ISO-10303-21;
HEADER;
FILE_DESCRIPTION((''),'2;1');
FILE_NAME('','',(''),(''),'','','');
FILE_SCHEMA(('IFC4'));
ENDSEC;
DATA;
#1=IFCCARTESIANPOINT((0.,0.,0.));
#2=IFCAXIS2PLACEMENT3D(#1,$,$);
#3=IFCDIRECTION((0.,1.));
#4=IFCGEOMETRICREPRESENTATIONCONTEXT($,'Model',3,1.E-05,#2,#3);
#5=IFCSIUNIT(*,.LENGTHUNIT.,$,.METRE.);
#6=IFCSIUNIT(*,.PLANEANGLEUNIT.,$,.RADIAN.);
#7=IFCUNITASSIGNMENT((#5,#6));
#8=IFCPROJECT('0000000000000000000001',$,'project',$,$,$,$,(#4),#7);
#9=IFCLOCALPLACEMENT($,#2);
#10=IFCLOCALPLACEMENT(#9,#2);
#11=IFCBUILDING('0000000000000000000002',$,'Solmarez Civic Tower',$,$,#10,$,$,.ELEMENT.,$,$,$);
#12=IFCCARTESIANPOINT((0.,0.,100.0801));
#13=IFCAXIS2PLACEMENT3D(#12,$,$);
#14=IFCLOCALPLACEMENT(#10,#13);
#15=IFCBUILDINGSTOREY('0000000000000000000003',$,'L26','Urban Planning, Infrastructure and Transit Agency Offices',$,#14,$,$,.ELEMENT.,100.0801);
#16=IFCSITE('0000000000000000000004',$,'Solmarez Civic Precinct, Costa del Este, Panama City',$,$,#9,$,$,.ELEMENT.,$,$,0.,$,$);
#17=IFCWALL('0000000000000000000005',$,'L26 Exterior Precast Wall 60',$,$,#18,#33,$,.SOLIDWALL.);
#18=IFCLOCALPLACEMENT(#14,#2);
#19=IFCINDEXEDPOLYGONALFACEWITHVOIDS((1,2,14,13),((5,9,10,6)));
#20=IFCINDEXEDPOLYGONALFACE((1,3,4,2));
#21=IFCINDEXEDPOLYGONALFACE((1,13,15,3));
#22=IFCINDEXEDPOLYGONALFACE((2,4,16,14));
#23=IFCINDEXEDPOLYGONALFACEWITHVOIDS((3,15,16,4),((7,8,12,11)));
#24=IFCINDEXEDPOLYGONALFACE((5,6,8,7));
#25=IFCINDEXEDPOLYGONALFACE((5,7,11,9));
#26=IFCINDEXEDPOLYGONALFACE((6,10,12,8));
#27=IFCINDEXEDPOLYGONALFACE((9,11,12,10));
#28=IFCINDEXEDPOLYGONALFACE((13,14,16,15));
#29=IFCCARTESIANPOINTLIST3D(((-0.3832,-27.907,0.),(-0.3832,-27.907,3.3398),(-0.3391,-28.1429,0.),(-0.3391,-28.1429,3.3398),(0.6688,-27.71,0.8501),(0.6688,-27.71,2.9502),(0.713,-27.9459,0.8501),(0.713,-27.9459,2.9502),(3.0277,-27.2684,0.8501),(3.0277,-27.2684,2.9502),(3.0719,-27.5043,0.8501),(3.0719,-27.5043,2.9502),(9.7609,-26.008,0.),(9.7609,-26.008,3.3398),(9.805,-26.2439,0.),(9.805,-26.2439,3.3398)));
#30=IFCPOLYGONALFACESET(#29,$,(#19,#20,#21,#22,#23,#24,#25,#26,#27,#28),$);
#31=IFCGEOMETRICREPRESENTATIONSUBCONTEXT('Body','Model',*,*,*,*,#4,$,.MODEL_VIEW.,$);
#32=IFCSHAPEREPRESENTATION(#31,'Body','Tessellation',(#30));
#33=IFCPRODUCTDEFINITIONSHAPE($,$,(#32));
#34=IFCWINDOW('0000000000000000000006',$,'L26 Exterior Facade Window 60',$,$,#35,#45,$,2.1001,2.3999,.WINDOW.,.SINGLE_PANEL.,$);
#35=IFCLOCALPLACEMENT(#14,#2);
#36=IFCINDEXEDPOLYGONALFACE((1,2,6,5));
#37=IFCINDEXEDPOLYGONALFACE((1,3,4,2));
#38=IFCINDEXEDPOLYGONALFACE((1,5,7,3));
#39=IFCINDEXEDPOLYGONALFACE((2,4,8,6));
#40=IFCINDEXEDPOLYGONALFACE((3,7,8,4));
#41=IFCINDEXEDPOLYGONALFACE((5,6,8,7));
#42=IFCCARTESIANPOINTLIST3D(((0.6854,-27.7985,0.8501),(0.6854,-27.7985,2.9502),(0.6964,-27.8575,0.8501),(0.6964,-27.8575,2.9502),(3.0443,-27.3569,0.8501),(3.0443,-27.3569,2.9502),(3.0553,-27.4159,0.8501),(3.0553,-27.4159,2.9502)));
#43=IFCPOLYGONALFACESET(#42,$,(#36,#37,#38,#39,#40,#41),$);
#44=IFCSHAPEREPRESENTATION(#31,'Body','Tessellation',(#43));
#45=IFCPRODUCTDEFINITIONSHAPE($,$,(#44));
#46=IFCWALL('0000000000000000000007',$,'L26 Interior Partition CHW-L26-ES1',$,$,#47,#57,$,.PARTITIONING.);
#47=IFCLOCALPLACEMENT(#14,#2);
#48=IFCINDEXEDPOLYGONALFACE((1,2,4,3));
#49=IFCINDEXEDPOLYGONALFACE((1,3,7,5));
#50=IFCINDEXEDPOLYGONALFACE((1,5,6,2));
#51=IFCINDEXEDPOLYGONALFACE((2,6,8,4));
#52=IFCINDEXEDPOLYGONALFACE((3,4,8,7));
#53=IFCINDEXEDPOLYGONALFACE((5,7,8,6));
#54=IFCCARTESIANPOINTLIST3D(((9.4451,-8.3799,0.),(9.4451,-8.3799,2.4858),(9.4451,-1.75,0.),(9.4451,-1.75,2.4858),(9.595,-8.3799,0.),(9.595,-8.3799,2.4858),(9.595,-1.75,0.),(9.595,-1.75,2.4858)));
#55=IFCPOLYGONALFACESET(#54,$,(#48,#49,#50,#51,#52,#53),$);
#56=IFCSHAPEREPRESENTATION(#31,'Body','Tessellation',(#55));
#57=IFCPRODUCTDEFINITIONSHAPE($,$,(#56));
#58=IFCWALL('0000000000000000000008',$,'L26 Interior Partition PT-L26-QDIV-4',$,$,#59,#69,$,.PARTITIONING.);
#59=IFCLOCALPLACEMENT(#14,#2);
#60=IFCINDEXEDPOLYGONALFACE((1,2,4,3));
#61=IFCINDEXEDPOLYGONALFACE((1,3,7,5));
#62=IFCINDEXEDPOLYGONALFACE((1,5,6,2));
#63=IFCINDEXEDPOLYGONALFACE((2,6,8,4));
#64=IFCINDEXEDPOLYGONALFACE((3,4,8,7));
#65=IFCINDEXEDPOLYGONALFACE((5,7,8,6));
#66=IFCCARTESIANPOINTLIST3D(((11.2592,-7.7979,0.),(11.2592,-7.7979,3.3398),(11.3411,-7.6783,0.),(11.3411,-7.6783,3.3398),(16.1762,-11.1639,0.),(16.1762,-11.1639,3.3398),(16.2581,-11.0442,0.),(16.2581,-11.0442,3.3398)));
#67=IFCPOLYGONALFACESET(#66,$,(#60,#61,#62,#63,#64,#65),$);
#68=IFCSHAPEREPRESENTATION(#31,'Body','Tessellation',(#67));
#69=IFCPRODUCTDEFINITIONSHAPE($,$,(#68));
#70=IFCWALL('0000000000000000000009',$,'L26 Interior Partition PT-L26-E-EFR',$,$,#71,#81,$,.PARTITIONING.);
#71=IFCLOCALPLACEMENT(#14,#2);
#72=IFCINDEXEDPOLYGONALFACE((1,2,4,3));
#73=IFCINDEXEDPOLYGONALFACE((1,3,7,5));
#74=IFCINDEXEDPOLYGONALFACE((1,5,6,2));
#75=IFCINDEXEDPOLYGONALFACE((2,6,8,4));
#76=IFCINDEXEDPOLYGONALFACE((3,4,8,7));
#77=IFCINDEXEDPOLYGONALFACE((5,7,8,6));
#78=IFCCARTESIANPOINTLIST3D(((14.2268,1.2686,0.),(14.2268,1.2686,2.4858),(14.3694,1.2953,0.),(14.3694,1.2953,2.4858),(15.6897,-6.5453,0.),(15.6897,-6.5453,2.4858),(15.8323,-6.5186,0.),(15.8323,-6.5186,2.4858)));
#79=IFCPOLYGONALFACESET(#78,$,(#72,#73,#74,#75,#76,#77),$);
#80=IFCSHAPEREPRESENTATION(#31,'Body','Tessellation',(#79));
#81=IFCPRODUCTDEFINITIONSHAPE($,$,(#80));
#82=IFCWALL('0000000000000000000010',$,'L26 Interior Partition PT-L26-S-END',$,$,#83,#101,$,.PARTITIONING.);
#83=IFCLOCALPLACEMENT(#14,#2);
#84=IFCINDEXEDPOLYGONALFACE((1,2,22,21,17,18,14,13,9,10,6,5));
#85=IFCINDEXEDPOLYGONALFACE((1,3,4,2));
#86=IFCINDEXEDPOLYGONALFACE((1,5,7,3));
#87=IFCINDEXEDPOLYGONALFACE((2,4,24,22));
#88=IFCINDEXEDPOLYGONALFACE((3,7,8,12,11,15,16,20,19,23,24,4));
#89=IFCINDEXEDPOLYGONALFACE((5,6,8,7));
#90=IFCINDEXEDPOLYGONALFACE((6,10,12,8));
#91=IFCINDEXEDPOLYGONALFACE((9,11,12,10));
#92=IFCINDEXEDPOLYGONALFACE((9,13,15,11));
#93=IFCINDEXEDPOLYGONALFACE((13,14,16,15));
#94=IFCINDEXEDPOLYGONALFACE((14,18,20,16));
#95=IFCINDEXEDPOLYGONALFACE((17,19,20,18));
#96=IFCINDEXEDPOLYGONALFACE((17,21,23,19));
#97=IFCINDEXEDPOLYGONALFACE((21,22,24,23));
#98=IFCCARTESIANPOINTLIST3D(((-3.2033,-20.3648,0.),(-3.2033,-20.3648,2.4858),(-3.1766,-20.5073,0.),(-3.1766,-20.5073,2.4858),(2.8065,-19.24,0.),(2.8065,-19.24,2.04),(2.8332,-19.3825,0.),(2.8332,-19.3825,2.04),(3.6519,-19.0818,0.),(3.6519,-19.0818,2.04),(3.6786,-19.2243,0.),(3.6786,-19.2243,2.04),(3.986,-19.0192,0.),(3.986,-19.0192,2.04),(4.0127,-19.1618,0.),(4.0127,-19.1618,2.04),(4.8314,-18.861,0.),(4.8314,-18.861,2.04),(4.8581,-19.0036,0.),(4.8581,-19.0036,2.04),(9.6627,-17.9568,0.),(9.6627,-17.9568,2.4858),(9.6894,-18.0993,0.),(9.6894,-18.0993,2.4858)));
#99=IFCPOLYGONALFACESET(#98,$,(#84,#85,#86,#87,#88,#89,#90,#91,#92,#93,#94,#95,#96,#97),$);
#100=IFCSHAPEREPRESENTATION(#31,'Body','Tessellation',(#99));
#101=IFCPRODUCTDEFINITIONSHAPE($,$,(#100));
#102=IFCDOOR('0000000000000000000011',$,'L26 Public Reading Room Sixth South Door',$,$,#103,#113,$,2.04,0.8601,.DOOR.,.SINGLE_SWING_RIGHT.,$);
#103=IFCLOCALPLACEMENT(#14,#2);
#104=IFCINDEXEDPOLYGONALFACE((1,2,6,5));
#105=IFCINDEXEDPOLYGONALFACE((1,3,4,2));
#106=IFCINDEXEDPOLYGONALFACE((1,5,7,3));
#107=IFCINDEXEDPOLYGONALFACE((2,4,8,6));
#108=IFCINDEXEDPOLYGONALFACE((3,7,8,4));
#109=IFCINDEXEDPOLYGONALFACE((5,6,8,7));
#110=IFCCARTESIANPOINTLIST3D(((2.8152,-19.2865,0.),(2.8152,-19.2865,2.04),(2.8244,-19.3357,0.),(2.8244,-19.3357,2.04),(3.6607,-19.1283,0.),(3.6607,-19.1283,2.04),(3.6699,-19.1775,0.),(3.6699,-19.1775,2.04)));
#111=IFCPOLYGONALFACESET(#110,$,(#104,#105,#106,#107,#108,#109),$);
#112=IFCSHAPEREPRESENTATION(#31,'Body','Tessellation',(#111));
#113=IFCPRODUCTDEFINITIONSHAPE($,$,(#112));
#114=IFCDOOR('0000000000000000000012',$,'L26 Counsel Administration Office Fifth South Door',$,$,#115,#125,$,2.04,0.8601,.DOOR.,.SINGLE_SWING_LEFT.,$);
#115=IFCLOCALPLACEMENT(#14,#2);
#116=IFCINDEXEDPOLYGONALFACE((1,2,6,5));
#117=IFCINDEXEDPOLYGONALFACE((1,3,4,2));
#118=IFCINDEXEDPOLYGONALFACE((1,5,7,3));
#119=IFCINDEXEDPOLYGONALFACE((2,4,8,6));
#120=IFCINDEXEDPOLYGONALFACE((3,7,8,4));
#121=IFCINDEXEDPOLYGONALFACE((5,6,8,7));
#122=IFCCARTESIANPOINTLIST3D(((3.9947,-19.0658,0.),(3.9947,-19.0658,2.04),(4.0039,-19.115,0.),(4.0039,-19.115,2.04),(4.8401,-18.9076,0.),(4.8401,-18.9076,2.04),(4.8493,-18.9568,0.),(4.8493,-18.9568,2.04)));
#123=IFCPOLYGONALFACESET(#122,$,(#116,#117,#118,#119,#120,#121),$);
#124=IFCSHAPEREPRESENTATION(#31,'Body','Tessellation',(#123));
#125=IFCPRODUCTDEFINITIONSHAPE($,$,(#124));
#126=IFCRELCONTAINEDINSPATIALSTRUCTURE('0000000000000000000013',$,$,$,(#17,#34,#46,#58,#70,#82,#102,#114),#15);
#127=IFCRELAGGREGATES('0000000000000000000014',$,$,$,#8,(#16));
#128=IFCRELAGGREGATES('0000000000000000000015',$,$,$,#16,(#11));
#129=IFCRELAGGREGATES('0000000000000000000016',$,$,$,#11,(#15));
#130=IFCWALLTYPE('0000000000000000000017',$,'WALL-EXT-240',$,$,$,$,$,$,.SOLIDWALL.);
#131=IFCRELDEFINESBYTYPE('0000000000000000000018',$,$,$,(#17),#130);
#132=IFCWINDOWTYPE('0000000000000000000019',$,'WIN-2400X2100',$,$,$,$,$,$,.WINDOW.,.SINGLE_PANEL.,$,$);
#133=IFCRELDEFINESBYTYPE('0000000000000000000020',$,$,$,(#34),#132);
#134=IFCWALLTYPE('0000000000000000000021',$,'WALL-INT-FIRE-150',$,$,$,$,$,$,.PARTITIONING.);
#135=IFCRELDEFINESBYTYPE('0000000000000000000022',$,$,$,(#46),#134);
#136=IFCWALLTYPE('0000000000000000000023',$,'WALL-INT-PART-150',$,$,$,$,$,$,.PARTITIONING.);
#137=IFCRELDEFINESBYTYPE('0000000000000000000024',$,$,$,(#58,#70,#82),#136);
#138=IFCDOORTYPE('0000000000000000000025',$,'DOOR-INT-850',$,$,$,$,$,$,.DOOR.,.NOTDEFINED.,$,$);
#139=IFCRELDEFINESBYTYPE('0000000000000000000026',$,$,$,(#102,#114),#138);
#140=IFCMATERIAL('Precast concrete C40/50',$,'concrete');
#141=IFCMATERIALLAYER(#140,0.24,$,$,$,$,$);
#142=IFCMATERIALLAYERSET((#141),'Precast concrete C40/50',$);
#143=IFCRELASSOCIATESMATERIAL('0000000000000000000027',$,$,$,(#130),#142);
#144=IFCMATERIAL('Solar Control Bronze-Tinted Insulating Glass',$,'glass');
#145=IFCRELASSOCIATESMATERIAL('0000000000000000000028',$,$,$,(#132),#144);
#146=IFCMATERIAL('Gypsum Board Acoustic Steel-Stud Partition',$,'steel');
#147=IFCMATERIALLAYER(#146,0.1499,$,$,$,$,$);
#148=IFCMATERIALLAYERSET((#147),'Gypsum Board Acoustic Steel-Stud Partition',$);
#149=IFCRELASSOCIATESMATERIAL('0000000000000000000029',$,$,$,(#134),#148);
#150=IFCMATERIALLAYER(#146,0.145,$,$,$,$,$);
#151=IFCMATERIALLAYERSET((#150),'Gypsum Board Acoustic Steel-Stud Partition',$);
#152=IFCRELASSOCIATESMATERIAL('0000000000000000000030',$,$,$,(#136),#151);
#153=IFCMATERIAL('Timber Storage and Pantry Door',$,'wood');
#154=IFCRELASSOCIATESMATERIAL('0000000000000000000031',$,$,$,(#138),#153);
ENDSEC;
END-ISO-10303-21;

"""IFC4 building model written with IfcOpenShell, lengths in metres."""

from ifc_helpers import new_model, si_unit, direction, frame, frame_2d, origin, place, context, subcontext, project, spatial, rectangle, extrude, material, layer, layer_set, type_object, element, fill, save


model = new_model("IFC4")

# Units and contexts
model_context = context("Model", 3, precision=1e-05, world=origin(), true_north=direction((0.0, 1.0)))
body_context = subcontext(model_context, "Body", "Model", "MODEL_VIEW")
ifc_project = project(units=[si_unit("LENGTHUNIT", "METRE"), si_unit("PLANEANGLEUNIT", "RADIAN")], contexts=[model_context])

# Site, building, storey
site_placement = place(None, origin())
site = spatial("IfcSite", under=ifc_project, at=site_placement, Name="Solmarez Civic Precinct, Costa del Este, Panama City", CompositionType="ELEMENT", RefElevation=0.0)
building_placement = place(site_placement, origin())
building = spatial("IfcBuilding", under=site, at=building_placement, Name="Solmarez Civic Tower", CompositionType="ELEMENT")
storey_placement = place(building_placement, frame((0.0, 0.0, 100.0801)))
storey = spatial("IfcBuildingStorey", under=building, at=storey_placement, Name="L26", Description="Urban Planning, Infrastructure and Transit Agency Offices", CompositionType="ELEMENT", Elevation=100.0801)

# Shared definitions
ifc_material_1 = material(Name="Precast concrete C40/50", Category="concrete")
ifc_layer_1 = layer(ifc_material_1, 0.24)
ifc_layer_set_1 = layer_set([ifc_layer_1], Name="Precast concrete C40/50")
wall_type_1 = type_object("IfcWallType", Name="WALL-EXT-240", PredefinedType="SOLIDWALL", material=ifc_layer_set_1)

# Wall, opening, window
wall_1_placement = place(storey_placement, frame((9.783, -26.126, 0.0), z_axis=(0.0, 0.0, 1.0), x_axis=(-0.982926, -0.184, 0.0)))
wall_1 = element("IfcWall", 1, at=wall_1_placement, inside=storey, type_object=wall_type_1, Name="L26 Exterior Precast Wall 60", PredefinedType="SOLIDWALL", context=body_context, shape_type="SweptSolid", body=[
    extrude(rectangle(XDim=10.3203, YDim=0.24, at=frame_2d((5.1602, 0.0))), origin(), (0.0, 0.0, 1.0), 3.3398),
])
opening_1_placement = place(wall_1_placement, frame((6.8501, 0.0, 0.8501)))
opening_1 = element("IfcOpeningElement", 2, at=opening_1_placement, cuts=wall_1, PredefinedType="OPENING", context=body_context, shape_type="SweptSolid", body=[
    extrude(rectangle(XDim=2.3999, YDim=2.1001, at=frame_2d((1.2, 1.05))), frame((0.0, 0.1299, 0.0), z_axis=(0.0, -1.0, 0.0), x_axis=(1.0, 0.0, 0.0)), (0.0, 0.0, 1.0), 0.26),
])
ifc_material_2 = material(Name="Solar Control Bronze-Tinted Insulating Glass", Category="glass")
window_type = type_object("IfcWindowType", Name="WIN-2400X2100", PartitioningType="SINGLE_PANEL", PredefinedType="WINDOW", material=ifc_material_2)
window_placement = place(opening_1_placement, origin())
window = element("IfcWindow", 3, at=window_placement, inside=storey, type_object=window_type, Name="L26 Exterior Facade Window 60", OverallHeight=2.1001, OverallWidth=2.3999, PartitioningType="SINGLE_PANEL", PredefinedType="WINDOW", context=body_context, shape_type="SweptSolid", body=[
    extrude(rectangle(XDim=2.3999, YDim=2.1001, at=frame_2d((1.2, 1.05))), frame((0.0, 0.03, 0.0), z_axis=(0.0, -1.0, 0.0), x_axis=(1.0, 0.0, 0.0)), (0.0, 0.0, 1.0), 0.0601),
])
fill(opening_1, window)

# Walls
ifc_material_3 = material(Name="Gypsum Board Acoustic Steel-Stud Partition", Category="steel")
ifc_layer_2 = layer(ifc_material_3, 0.1499)
ifc_layer_set_2 = layer_set([ifc_layer_2], Name="Gypsum Board Acoustic Steel-Stud Partition")
wall_type_2 = type_object("IfcWallType", Name="WALL-INT-FIRE-150", PredefinedType="PARTITIONING", material=ifc_layer_set_2)
wall_2_placement = place(storey_placement, frame((9.52, -8.3799, 0.0), z_axis=(0.0, 0.0, 1.0), x_axis=(0.0, 1.0, 0.0)))
element("IfcWall", 4, at=wall_2_placement, inside=storey, type_object=wall_type_2, Name="L26 Interior Partition CHW-L26-ES1", PredefinedType="PARTITIONING", context=body_context, shape_type="SweptSolid", body=[
    extrude(rectangle(XDim=6.6299, YDim=0.1499, at=frame_2d((3.3149, 0.0))), origin(), (0.0, 0.0, 1.0), 2.4858),
])
ifc_layer_3 = layer(ifc_material_3, 0.145)
ifc_layer_set_3 = layer_set([ifc_layer_3], Name="Gypsum Board Acoustic Steel-Stud Partition")
wall_type_3 = type_object("IfcWallType", Name="WALL-INT-PART-150", PredefinedType="PARTITIONING", material=ifc_layer_set_3)
wall_3_placement = place(storey_placement, frame((11.3, -7.738, 0.0), z_axis=(0.0, 0.0, 1.0), x_axis=(0.825174, -0.564879, 0.0)))
element("IfcWall", 5, at=wall_3_placement, inside=storey, type_object=wall_type_3, Name="L26 Interior Partition PT-L26-QDIV-4", PredefinedType="PARTITIONING", context=body_context, shape_type="SweptSolid", body=[
    extrude(rectangle(XDim=5.9587, YDim=0.145, at=frame_2d((2.9795, 0.0))), origin(), (0.0, 0.0, 1.0), 3.3398),
])
wall_4_placement = place(storey_placement, frame((15.761, -6.532, 0.0), z_axis=(0.0, 0.0, 1.0), x_axis=(-0.184018, 0.982923, 0.0)))
element("IfcWall", 6, at=wall_4_placement, inside=storey, type_object=wall_type_3, Name="L26 Interior Partition PT-L26-E-EFR", PredefinedType="PARTITIONING", context=body_context, shape_type="SweptSolid", body=[
    extrude(rectangle(XDim=7.9497, YDim=0.145, at=frame_2d((3.9749, 0.0))), origin(), (0.0, 0.0, 1.0), 2.4858),
])

# Wall, openings, doors
wall_5_placement = place(storey_placement, frame((9.676, -18.0281, 0.0), z_axis=(0.0, 0.0, 1.0), x_axis=(-0.982933, -0.183963, 0.0)))
wall_5 = element("IfcWall", 7, at=wall_5_placement, inside=storey, type_object=wall_type_3, Name="L26 Interior Partition PT-L26-S-END", PredefinedType="PARTITIONING", context=body_context, shape_type="SweptSolid", body=[
    extrude(rectangle(XDim=13.0894, YDim=0.145, at=frame_2d((6.5447, 0.0))), origin(), (0.0, 0.0, 1.0), 2.4858),
])
opening_2_placement = place(wall_5_placement, frame((6.115, 0.0, 0.0)))
opening_2 = element("IfcOpeningElement", 8, at=opening_2_placement, cuts=wall_5, PredefinedType="OPENING", context=body_context, shape_type="SweptSolid", body=[
    extrude(rectangle(XDim=0.8601, YDim=2.04, at=frame_2d((0.4302, 1.02))), frame((0.0, 0.0825, 0.0), z_axis=(0.0, -1.0, 0.0), x_axis=(1.0, 0.0, 0.0)), (0.0, 0.0, 1.0), 0.165),
])
opening_3_placement = place(wall_5_placement, frame((4.915, 0.0, 0.0)))
opening_3 = element("IfcOpeningElement", 9, at=opening_3_placement, cuts=wall_5, PredefinedType="OPENING", context=body_context, shape_type="SweptSolid", body=[
    extrude(rectangle(XDim=0.8601, YDim=2.04, at=frame_2d((0.4302, 1.02))), frame((0.0, 0.0825, 0.0), z_axis=(0.0, -1.0, 0.0), x_axis=(1.0, 0.0, 0.0)), (0.0, 0.0, 1.0), 0.165),
])
ifc_material_4 = material(Name="Timber Storage and Pantry Door", Category="wood")
door_type = type_object("IfcDoorType", Name="DOOR-INT-850", OperationType="NOTDEFINED", PredefinedType="DOOR", material=ifc_material_4)
door_1_placement = place(opening_2_placement, origin())
door_1 = element("IfcDoor", 10, at=door_1_placement, inside=storey, type_object=door_type, Name="L26 Public Reading Room Sixth South Door", OperationType="SINGLE_SWING_RIGHT", OverallHeight=2.04, OverallWidth=0.8601, PredefinedType="DOOR", context=body_context, shape_type="SweptSolid", body=[
    extrude(rectangle(XDim=0.8601, YDim=2.04, at=frame_2d((0.4302, 1.02))), frame((0.0, 0.0249, 0.0), z_axis=(0.0, -1.0, 0.0), x_axis=(1.0, 0.0, 0.0)), (0.0, 0.0, 1.0), 0.05),
])
fill(opening_2, door_1)
door_2_placement = place(opening_3_placement, origin())
door_2 = element("IfcDoor", 11, at=door_2_placement, inside=storey, type_object=door_type, Name="L26 Counsel Administration Office Fifth South Door", OperationType="SINGLE_SWING_LEFT", OverallHeight=2.04, OverallWidth=0.8601, PredefinedType="DOOR", context=body_context, shape_type="SweptSolid", body=[
    extrude(rectangle(XDim=0.8601, YDim=2.04, at=frame_2d((0.4302, 1.02))), frame((0.0, 0.0249, 0.0), z_axis=(0.0, -1.0, 0.0), x_axis=(1.0, 0.0, 0.0)), (0.0, 0.0, 1.0), 0.05),
])
fill(opening_3, door_2)

save(model, "model.ifc")
